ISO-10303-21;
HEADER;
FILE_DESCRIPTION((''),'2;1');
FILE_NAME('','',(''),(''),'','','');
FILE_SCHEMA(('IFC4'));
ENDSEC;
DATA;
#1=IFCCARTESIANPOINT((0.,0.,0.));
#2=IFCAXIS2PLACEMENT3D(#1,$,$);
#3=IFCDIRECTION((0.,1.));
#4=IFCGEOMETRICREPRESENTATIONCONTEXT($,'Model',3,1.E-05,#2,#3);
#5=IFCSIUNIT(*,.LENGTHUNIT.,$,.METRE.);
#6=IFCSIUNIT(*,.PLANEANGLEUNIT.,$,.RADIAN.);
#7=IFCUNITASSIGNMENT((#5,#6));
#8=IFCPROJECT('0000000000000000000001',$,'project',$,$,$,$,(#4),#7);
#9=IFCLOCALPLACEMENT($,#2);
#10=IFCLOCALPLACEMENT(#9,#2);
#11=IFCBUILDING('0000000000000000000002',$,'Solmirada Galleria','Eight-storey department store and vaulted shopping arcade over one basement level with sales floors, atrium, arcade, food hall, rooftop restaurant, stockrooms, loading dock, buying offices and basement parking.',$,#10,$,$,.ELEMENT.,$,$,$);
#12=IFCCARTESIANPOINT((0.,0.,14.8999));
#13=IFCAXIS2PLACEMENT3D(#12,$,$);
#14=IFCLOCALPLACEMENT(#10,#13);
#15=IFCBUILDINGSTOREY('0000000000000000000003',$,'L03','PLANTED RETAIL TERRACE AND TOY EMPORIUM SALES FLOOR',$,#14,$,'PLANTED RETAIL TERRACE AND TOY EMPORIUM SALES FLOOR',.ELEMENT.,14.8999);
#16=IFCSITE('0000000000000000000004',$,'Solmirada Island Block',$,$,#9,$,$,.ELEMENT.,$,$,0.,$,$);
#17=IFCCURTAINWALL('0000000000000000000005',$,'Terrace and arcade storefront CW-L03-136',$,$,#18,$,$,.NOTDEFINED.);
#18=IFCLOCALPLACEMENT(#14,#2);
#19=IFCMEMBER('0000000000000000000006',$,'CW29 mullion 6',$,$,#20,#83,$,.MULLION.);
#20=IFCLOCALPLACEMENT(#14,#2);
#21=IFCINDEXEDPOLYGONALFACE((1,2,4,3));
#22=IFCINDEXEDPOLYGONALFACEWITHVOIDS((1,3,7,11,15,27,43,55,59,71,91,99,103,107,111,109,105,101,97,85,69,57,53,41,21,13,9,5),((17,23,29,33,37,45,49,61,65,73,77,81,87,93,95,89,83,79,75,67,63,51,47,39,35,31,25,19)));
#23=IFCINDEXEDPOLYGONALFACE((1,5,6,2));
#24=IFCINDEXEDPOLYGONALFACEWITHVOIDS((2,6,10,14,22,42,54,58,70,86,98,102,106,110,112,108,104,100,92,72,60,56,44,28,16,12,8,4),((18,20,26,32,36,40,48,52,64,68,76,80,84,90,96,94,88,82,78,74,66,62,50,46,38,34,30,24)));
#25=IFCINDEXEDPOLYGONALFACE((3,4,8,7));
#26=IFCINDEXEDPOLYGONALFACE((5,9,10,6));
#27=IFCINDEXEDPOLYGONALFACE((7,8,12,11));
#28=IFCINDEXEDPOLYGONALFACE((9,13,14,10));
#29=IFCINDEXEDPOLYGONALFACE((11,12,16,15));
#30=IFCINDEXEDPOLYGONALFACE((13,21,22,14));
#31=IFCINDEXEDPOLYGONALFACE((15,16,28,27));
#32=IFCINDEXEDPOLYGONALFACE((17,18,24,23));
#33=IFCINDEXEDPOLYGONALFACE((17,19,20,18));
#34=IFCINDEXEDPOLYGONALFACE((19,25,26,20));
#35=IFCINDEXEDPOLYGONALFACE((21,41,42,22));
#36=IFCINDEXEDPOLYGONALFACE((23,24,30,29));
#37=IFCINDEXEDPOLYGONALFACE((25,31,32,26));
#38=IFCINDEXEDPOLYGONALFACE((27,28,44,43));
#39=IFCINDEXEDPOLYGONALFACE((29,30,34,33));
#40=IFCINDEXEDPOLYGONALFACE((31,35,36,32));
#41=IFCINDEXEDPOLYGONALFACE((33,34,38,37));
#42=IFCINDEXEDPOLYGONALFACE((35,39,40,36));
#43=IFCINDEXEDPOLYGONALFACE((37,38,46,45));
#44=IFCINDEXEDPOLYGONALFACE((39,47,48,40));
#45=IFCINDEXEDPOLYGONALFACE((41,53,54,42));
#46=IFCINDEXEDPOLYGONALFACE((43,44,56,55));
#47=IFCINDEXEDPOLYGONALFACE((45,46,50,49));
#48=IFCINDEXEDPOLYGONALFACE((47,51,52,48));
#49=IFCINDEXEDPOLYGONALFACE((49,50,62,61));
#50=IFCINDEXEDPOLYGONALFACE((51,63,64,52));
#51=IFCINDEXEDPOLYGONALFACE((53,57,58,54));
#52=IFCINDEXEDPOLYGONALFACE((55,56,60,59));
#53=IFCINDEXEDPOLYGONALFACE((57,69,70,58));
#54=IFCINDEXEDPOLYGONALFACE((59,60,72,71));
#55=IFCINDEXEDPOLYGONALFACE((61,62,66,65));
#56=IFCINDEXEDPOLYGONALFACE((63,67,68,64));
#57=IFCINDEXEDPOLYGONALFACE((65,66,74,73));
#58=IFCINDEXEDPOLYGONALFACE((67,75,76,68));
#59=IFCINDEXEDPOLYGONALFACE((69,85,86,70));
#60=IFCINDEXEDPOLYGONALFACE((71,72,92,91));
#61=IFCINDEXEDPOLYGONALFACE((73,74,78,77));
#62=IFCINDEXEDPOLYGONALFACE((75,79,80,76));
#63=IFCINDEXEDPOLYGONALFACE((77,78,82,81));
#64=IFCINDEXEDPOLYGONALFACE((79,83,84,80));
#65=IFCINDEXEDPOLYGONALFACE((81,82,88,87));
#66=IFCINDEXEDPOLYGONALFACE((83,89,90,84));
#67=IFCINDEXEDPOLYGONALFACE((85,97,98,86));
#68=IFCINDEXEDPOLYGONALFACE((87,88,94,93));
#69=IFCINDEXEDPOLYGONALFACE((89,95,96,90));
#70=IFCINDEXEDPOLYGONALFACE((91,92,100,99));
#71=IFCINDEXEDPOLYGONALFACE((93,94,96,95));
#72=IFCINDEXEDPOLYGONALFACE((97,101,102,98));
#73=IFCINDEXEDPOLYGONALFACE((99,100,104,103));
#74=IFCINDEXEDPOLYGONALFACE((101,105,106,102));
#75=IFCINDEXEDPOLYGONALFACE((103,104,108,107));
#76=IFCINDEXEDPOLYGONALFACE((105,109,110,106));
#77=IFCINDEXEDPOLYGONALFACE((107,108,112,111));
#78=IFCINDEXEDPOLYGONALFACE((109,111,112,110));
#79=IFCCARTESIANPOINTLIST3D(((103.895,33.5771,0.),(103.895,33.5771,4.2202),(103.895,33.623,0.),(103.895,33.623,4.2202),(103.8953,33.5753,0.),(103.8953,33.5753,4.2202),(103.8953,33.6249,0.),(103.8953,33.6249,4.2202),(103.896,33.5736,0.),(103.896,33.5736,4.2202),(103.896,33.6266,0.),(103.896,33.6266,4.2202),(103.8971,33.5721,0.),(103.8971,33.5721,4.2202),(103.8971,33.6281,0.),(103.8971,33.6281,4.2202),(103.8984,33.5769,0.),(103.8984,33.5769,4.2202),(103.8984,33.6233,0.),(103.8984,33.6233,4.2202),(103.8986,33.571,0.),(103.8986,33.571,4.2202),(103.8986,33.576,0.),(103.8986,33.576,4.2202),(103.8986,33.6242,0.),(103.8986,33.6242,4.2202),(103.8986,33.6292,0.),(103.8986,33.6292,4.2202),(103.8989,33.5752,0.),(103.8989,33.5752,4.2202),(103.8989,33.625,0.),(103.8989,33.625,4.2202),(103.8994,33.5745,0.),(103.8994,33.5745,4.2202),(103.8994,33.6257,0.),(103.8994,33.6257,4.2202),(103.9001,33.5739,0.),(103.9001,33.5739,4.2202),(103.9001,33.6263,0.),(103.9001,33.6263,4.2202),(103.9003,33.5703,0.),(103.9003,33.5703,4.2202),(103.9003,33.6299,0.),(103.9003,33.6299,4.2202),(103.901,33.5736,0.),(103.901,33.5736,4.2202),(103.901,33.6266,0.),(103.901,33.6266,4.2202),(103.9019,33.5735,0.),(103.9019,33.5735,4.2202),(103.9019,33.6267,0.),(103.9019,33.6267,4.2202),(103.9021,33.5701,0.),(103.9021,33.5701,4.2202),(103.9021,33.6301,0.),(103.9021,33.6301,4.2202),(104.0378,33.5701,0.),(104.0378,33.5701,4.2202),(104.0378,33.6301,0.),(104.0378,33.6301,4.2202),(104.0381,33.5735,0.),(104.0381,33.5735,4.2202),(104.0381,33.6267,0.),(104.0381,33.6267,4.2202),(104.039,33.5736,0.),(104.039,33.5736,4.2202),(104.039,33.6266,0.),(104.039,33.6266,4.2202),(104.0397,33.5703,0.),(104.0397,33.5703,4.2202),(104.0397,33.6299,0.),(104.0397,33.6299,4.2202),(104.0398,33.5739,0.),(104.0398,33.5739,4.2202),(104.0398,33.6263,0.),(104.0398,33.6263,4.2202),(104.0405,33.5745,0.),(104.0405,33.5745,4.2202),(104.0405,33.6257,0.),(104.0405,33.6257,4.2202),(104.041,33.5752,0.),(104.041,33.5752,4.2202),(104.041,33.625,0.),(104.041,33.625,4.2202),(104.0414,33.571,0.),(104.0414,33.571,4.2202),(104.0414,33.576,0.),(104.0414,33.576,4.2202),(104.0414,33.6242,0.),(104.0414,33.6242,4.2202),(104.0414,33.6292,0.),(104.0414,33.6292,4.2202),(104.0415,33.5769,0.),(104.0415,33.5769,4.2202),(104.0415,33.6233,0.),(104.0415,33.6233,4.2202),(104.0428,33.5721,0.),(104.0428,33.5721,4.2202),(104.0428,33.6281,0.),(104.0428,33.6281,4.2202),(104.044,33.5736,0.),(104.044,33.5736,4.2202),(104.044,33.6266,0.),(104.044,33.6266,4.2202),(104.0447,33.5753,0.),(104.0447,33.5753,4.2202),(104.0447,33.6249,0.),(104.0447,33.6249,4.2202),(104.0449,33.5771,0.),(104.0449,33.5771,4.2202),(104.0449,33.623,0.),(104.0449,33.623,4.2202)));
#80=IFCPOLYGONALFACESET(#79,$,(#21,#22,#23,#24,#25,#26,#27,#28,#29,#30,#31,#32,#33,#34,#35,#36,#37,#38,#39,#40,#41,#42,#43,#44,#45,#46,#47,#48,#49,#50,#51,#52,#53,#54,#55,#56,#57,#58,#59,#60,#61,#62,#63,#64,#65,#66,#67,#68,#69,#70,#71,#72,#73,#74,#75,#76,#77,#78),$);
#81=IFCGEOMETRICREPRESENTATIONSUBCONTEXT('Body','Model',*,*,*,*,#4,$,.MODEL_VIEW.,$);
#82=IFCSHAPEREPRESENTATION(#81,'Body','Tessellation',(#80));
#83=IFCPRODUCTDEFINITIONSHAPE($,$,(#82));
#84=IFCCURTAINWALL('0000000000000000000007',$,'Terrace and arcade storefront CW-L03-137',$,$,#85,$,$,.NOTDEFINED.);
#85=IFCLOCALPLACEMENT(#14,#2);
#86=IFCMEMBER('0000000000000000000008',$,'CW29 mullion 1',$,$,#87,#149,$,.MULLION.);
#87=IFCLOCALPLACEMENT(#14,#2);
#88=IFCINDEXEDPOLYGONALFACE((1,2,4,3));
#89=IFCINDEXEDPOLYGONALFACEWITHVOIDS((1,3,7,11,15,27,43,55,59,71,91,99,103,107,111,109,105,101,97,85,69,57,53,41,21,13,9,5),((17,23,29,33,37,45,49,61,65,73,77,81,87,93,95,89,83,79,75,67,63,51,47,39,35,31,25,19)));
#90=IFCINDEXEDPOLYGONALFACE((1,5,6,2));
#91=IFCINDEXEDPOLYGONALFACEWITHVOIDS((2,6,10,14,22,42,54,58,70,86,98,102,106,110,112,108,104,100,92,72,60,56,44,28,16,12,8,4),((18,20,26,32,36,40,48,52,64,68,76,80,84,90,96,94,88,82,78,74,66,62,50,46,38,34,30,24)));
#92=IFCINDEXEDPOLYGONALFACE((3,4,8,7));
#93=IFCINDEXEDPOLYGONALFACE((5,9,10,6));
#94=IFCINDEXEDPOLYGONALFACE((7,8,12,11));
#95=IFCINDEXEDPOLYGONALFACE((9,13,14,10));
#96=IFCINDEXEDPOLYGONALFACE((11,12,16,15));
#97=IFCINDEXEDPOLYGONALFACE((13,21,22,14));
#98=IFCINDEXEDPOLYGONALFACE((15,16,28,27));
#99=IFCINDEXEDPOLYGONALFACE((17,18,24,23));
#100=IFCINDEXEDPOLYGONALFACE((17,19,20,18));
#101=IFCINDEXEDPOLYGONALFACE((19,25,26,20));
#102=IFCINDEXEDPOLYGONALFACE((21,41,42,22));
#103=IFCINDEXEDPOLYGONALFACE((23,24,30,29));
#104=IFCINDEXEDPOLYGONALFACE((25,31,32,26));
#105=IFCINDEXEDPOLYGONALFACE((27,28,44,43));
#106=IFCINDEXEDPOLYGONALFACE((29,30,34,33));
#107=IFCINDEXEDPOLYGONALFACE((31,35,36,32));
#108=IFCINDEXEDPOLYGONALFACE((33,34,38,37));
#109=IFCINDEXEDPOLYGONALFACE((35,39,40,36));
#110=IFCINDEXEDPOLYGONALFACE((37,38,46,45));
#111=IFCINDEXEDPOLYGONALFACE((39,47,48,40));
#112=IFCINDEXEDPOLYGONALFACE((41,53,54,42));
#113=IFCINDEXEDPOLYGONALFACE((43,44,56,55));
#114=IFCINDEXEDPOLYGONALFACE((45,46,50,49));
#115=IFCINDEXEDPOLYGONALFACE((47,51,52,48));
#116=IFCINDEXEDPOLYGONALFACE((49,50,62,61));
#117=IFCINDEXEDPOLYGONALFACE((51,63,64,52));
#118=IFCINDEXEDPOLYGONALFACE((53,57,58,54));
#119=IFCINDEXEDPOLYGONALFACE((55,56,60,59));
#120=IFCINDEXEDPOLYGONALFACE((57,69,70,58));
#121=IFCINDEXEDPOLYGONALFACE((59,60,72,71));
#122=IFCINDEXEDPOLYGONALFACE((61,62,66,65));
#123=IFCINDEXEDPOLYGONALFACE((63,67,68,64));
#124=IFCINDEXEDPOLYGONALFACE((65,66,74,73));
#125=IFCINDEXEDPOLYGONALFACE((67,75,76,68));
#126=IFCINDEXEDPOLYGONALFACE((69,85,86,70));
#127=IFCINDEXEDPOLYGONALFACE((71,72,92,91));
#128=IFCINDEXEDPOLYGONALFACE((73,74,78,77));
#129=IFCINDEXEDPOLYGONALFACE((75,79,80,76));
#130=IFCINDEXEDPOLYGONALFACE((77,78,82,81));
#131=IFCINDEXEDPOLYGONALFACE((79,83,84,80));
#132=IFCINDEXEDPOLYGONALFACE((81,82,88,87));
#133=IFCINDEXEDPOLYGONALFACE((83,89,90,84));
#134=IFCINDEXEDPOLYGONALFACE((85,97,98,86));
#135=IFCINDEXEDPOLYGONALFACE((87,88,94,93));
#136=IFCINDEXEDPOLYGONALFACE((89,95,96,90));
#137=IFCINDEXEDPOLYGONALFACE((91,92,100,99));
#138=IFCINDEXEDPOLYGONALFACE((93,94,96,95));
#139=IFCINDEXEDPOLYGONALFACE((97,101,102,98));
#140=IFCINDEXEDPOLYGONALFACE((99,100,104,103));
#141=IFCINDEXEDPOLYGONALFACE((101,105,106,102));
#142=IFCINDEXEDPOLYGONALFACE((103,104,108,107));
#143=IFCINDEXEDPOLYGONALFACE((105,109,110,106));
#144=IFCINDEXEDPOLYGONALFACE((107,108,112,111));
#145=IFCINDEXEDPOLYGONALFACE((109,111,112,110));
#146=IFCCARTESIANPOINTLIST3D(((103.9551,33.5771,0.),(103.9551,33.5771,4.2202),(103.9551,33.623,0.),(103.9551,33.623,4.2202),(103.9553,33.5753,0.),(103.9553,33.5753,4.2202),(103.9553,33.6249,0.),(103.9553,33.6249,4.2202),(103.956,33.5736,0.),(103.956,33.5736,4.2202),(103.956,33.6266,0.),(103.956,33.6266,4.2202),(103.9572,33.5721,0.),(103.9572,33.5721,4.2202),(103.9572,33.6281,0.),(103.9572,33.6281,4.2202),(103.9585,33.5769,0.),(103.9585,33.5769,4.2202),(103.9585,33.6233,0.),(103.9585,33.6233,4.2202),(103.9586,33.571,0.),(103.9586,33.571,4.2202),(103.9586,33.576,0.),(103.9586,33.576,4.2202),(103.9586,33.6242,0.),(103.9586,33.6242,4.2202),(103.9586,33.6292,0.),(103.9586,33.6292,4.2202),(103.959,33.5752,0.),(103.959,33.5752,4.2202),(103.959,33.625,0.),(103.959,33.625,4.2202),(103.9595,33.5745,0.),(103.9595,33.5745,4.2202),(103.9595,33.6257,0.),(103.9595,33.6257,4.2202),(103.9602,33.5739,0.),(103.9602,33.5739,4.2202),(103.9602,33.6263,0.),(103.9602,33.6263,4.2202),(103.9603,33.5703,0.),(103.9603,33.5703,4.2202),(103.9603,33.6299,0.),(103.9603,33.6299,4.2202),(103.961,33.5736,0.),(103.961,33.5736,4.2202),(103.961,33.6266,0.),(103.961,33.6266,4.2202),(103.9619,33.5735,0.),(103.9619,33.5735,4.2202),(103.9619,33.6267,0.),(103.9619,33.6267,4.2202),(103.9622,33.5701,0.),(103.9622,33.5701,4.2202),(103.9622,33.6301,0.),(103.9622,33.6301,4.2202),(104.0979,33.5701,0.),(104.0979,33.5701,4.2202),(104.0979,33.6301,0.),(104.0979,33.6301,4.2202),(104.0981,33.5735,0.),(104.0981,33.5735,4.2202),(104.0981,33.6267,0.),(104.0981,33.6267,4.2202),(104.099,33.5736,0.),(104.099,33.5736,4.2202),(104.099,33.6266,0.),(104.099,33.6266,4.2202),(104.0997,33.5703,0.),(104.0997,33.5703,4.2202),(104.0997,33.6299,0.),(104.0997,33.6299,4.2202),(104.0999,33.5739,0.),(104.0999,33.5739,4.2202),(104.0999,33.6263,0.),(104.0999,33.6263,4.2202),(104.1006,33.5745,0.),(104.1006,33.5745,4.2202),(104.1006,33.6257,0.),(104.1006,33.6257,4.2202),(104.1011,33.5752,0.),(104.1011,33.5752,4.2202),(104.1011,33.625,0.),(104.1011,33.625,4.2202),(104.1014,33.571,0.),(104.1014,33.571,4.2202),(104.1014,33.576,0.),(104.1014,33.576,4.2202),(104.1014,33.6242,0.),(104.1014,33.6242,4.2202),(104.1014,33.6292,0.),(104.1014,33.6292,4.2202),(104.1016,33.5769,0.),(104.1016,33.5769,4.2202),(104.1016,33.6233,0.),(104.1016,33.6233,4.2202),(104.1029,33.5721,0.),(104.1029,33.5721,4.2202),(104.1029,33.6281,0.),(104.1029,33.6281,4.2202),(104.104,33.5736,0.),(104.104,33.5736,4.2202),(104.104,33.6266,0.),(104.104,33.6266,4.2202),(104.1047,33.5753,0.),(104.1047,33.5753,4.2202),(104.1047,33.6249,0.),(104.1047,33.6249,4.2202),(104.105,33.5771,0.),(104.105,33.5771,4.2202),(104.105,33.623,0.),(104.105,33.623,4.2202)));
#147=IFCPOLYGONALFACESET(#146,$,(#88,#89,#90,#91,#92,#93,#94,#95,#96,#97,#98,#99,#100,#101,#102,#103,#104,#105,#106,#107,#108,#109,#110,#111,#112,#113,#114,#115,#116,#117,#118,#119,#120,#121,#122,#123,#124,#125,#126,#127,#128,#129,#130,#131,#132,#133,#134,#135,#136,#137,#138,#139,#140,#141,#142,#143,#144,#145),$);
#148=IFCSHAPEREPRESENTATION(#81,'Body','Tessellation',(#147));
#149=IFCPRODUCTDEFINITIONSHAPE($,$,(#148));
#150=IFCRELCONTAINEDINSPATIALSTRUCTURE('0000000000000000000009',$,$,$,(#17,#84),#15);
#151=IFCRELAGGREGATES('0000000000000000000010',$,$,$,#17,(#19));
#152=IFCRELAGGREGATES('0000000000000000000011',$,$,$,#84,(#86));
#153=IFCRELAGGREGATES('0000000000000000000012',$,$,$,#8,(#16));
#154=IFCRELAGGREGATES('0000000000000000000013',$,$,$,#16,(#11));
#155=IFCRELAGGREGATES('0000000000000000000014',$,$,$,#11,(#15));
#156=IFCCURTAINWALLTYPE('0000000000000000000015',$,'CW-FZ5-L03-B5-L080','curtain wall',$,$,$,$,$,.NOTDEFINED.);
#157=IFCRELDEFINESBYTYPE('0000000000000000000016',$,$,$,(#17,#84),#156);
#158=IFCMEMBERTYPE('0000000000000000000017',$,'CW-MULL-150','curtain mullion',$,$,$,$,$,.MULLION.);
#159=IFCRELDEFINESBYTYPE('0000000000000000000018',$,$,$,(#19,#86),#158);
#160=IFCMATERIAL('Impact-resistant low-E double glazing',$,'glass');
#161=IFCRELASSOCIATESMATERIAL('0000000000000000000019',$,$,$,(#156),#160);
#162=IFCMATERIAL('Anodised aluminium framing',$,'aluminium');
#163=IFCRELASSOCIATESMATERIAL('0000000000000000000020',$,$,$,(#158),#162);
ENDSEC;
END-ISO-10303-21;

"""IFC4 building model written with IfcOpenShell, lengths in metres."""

from ifc_helpers import new_model, si_unit, direction, frame, origin, origin_2d, place, context, subcontext, project, spatial, hollow_rectangle, extrude, material, material_profile, profile_set, type_object, element, aggregate, save


model = new_model("IFC4")

# Units and contexts
model_context = context("Model", 3, precision=1e-05, world=origin(), true_north=direction((0.0, 1.0)))
body_context = subcontext(model_context, "Body", "Model", "MODEL_VIEW")
ifc_project = project(units=[si_unit("LENGTHUNIT", "METRE"), si_unit("PLANEANGLEUNIT", "RADIAN")], contexts=[model_context])

# Site, building, storey
site_placement = place(None, origin())
site = spatial("IfcSite", under=ifc_project, at=site_placement, Name="Solmirada Island Block", CompositionType="ELEMENT", RefElevation=0.0)
building_placement = place(site_placement, origin())
building = spatial("IfcBuilding", under=site, at=building_placement, Name="Solmirada Galleria", Description="Eight-storey department store and vaulted shopping arcade over one basement level with sales floors, atrium, arcade, food hall, rooftop restaurant, stockrooms, loading dock, buying offices and basement parking.", CompositionType="ELEMENT")
storey_placement = place(building_placement, frame((0.0, 0.0, 14.8999)))
storey = spatial("IfcBuildingStorey", under=building, at=storey_placement, Name="L03", Description="PLANTED RETAIL TERRACE AND TOY EMPORIUM SALES FLOOR", LongName="PLANTED RETAIL TERRACE AND TOY EMPORIUM SALES FLOOR", CompositionType="ELEMENT", Elevation=14.8999)

# Curtain wall, member
ifc_material_1 = material(Name="Impact-resistant low-E double glazing", Category="glass")
curtain_wall_type = type_object("IfcCurtainWallType", Name="CW-FZ5-L03-B5-L080", Description="curtain wall", PredefinedType="NOTDEFINED", material=ifc_material_1)
curtain_wall_1_placement = place(storey_placement, origin())
curtain_wall_1 = element("IfcCurtainWall", 1, at=curtain_wall_1_placement, inside=storey, type_object=curtain_wall_type, Name="Terrace and arcade storefront CW-L03-136", PredefinedType="NOTDEFINED")
ifc_material_2 = material(Name="Anodised aluminium framing", Category="aluminium")
ifc_material_profile_1 = material_profile(ifc_material_2, hollow_rectangle(XDim=0.0601, YDim=0.1499, WallThickness=0.0034, InnerFilletRadius=0.0034, OuterFilletRadius=0.0071, at=origin_2d()), Name="ALU-MULL-150X60")
ifc_profile_set_1 = profile_set([ifc_material_profile_1], Name="Anodised aluminium framing")
member_type_1 = type_object("IfcMemberType", Name="CW-MULL-150", Description="curtain mullion", PredefinedType="MULLION", material=ifc_profile_set_1)
member_1_placement = place(storey_placement, frame((103.97, 33.6001, 0.0), z_axis=(0.0, 0.0, 1.0), x_axis=(0.0, 1.0, 0.0)))
member_1 = element("IfcMember", 2, at=member_1_placement, type_object=member_type_1, Name="CW29 mullion 6", PredefinedType="MULLION", context=body_context, shape_type="SweptSolid", body=[
    extrude(hollow_rectangle(XDim=0.0601, YDim=0.1499, WallThickness=0.0034, InnerFilletRadius=0.0034, OuterFilletRadius=0.0071, at=origin_2d()), origin(), (0.0, 0.0, 1.0), 4.2202),
])

# Curtain wall, member
curtain_wall_2_placement = place(storey_placement, origin())
curtain_wall_2 = element("IfcCurtainWall", 3, at=curtain_wall_2_placement, inside=storey, type_object=curtain_wall_type, Name="Terrace and arcade storefront CW-L03-137", PredefinedType="NOTDEFINED")
member_2_placement = place(storey_placement, frame((104.03, 33.6001, 0.0), z_axis=(0.0, 0.0, 1.0), x_axis=(0.0, 1.0, 0.0)))
member_2 = element("IfcMember", 4, at=member_2_placement, type_object=member_type_1, Name="CW29 mullion 1", PredefinedType="MULLION", context=body_context, shape_type="SweptSolid", body=[
    extrude(hollow_rectangle(XDim=0.0601, YDim=0.1499, WallThickness=0.0034, InnerFilletRadius=0.0034, OuterFilletRadius=0.0071, at=origin_2d()), origin(), (0.0, 0.0, 1.0), 4.2202),
])

aggregate(curtain_wall_1, [member_1])
aggregate(curtain_wall_2, [member_2])

save(model, "model.ifc")
